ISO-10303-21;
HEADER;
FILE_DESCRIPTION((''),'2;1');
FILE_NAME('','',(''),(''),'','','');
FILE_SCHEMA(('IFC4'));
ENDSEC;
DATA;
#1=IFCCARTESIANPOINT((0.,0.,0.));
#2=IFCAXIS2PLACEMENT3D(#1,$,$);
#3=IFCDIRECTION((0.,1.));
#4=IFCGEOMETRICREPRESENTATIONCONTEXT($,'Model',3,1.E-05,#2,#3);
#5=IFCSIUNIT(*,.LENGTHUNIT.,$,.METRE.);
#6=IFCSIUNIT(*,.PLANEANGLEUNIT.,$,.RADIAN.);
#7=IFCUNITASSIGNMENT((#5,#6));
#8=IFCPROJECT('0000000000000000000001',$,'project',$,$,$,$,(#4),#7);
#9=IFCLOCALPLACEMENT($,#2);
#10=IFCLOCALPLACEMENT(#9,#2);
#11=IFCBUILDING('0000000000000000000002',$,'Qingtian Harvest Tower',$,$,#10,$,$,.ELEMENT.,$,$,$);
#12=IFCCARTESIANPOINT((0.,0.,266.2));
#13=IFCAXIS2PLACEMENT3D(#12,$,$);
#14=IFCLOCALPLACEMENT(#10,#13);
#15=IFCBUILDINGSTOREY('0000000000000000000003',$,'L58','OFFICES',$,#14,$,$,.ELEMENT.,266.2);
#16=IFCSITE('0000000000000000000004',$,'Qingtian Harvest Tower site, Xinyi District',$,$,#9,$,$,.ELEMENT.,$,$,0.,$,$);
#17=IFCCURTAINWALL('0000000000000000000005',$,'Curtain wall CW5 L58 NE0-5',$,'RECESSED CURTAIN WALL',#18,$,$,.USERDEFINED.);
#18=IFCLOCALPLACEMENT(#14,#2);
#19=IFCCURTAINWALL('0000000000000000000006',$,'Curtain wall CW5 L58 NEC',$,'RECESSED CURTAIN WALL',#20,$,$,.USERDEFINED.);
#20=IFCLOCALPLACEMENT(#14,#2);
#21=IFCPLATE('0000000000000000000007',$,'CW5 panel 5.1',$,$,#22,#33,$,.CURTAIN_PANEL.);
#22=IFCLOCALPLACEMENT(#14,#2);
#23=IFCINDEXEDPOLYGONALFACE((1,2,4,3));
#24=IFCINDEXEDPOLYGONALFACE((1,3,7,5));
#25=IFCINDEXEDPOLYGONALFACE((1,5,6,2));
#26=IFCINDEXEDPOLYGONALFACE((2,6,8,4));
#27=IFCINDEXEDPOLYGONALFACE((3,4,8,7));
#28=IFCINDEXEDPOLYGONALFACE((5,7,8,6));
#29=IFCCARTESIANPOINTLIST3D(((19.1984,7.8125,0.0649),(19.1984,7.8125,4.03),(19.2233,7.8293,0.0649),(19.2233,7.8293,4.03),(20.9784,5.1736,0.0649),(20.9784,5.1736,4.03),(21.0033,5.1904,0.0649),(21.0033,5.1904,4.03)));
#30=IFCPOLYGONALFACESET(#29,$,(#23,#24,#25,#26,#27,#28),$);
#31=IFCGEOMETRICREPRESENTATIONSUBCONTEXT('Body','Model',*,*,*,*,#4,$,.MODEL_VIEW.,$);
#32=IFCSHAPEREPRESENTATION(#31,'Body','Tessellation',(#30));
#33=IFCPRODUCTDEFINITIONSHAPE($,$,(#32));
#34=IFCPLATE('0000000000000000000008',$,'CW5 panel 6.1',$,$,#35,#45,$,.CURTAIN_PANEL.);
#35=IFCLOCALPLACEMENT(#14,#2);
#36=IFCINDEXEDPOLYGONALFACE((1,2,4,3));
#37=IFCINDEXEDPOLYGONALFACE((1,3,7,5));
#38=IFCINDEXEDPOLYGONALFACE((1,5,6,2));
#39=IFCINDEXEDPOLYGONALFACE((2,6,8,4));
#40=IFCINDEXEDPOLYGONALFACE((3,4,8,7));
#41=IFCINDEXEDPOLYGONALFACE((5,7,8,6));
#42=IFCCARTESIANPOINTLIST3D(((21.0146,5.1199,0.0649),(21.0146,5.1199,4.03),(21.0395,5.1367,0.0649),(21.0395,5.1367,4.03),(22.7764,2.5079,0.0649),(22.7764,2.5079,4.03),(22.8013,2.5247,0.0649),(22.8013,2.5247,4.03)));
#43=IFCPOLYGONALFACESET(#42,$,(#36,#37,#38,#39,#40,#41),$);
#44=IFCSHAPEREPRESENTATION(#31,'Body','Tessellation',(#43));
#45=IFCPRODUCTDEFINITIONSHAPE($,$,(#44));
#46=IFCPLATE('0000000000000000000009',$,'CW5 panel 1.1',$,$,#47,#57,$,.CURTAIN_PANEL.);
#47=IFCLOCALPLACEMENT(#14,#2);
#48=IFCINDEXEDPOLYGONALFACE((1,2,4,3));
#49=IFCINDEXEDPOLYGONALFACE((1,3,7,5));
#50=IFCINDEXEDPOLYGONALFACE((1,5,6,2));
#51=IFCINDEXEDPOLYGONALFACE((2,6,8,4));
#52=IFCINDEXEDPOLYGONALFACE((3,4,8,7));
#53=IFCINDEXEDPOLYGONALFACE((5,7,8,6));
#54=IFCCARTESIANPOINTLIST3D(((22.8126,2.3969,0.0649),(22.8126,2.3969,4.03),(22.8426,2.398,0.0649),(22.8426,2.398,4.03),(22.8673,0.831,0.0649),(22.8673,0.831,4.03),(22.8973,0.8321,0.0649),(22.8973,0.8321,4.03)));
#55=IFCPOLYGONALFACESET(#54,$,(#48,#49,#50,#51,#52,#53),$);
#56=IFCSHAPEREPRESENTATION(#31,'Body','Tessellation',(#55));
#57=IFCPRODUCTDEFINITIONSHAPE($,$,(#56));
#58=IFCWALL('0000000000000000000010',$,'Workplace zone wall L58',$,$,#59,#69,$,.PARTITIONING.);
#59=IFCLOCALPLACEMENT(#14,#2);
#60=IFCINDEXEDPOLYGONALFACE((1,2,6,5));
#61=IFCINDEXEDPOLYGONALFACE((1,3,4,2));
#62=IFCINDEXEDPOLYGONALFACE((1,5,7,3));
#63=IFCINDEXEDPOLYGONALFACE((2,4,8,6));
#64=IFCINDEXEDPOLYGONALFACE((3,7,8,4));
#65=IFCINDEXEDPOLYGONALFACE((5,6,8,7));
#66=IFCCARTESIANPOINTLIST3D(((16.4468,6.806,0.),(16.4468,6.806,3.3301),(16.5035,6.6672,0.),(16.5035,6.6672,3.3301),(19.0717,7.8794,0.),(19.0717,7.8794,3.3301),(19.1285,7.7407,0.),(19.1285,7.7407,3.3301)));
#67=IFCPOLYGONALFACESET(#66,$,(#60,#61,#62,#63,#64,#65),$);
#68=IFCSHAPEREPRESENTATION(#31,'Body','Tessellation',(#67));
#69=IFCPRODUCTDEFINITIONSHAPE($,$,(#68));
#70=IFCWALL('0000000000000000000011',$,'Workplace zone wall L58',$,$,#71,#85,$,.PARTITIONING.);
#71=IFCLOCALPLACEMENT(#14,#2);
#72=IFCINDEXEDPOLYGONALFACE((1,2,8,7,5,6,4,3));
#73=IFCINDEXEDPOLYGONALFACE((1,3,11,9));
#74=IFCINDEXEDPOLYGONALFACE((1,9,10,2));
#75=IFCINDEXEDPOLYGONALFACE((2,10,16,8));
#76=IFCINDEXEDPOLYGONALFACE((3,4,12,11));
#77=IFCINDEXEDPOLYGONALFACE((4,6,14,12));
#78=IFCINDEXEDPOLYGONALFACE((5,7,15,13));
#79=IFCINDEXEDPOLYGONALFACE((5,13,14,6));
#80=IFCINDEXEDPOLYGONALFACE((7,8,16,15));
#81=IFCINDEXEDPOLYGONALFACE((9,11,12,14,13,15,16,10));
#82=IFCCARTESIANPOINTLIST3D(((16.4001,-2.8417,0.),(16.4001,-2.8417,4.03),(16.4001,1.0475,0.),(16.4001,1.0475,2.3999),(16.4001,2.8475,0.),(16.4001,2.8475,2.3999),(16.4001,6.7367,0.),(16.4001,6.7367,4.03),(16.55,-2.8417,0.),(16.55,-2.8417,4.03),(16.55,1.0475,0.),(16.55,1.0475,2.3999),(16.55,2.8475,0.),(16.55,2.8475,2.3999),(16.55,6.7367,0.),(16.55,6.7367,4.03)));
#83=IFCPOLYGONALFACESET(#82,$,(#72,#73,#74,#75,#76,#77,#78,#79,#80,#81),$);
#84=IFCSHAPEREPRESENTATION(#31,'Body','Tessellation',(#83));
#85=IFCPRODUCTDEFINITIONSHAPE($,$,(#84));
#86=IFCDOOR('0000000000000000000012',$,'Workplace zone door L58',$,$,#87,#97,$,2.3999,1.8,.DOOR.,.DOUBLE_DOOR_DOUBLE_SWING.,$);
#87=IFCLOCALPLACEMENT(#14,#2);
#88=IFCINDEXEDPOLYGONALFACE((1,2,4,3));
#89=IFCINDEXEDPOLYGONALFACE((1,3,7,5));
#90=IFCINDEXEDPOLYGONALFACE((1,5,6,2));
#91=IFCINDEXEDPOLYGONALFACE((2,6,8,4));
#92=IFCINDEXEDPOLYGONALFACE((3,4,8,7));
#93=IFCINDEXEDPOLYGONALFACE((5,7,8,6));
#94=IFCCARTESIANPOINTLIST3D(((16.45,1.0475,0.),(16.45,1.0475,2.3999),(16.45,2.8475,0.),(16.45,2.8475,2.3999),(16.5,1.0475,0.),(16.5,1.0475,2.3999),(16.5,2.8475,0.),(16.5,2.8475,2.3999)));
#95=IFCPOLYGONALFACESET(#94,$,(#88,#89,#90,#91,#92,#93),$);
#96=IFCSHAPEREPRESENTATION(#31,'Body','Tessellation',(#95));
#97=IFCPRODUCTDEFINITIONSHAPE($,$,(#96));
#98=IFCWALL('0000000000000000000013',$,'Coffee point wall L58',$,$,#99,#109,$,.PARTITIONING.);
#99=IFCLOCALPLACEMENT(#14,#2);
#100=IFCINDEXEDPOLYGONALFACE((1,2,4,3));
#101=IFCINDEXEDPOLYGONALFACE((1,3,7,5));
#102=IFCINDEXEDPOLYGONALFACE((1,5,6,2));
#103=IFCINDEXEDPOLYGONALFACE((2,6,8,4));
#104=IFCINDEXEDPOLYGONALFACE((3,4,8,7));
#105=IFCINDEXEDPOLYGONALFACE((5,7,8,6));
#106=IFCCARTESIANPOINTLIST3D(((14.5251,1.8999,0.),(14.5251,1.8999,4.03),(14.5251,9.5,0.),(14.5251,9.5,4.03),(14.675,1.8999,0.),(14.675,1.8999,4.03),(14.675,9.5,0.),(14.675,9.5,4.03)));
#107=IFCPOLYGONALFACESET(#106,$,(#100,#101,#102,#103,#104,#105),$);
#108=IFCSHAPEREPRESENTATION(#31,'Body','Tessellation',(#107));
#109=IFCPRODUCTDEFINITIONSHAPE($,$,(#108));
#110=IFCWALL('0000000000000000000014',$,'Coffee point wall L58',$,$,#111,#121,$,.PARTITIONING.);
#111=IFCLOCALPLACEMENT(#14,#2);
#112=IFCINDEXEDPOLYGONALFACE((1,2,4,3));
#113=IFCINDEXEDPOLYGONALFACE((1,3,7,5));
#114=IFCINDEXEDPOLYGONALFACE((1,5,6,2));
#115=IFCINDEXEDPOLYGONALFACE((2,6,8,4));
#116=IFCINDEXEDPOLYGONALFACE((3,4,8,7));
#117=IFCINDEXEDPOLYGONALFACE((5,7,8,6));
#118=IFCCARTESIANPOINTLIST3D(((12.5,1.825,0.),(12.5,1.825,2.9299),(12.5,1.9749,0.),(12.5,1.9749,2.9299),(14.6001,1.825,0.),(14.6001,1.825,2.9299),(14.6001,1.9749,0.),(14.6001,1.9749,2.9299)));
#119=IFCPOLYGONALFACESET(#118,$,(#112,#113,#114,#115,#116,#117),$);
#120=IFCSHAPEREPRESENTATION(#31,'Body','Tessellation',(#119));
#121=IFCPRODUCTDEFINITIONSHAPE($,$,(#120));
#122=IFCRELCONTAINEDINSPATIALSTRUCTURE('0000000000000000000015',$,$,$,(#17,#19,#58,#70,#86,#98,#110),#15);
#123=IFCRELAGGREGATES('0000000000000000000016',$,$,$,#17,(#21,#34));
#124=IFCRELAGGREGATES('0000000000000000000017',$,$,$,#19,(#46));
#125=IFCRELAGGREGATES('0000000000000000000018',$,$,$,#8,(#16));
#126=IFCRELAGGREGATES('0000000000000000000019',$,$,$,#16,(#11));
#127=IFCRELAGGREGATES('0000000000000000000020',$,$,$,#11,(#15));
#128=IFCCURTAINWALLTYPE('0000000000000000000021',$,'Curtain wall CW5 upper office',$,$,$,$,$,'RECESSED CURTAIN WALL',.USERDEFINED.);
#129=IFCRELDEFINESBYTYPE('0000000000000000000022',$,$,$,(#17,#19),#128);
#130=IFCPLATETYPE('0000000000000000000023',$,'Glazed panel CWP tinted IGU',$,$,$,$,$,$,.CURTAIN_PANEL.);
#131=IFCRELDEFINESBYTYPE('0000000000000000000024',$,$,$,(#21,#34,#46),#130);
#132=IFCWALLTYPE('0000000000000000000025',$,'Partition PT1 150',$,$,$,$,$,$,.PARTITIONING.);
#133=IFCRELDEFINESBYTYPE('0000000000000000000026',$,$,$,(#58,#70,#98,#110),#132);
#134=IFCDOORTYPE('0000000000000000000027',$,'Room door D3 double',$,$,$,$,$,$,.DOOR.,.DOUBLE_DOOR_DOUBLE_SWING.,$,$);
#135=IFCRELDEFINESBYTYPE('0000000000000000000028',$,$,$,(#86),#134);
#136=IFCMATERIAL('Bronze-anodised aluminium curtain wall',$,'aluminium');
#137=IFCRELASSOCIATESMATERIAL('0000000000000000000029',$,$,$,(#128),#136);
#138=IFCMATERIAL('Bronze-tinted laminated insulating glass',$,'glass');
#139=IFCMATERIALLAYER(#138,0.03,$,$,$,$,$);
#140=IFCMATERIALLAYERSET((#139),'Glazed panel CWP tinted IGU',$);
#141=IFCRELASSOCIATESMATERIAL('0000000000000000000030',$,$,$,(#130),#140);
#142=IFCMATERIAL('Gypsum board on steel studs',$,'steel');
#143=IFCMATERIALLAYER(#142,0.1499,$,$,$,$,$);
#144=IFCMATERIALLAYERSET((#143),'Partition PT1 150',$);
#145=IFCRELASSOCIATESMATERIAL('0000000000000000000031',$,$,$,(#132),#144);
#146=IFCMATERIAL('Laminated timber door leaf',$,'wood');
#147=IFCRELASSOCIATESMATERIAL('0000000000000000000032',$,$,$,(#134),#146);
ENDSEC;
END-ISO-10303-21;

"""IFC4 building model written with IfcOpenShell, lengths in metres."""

from ifc_helpers import new_model, si_unit, direction, frame, frame_2d, origin, origin_2d, place, context, subcontext, project, spatial, rectangle, extrude, material, layer, layer_set, type_object, element, fill, aggregate, save


model = new_model("IFC4")

# Units and contexts
model_context = context("Model", 3, precision=1e-05, world=origin(), true_north=direction((0.0, 1.0)))
body_context = subcontext(model_context, "Body", "Model", "MODEL_VIEW")
ifc_project = project(units=[si_unit("LENGTHUNIT", "METRE"), si_unit("PLANEANGLEUNIT", "RADIAN")], contexts=[model_context])

# Site, building, storey
site_placement = place(None, origin())
site = spatial("IfcSite", under=ifc_project, at=site_placement, Name="Qingtian Harvest Tower site, Xinyi District", CompositionType="ELEMENT", RefElevation=0.0)
building_placement = place(site_placement, origin())
building = spatial("IfcBuilding", under=site, at=building_placement, Name="Qingtian Harvest Tower", CompositionType="ELEMENT")
storey_placement = place(building_placement, frame((0.0, 0.0, 266.2)))
storey = spatial("IfcBuildingStorey", under=building, at=storey_placement, Name="L58", Description="OFFICES", CompositionType="ELEMENT", Elevation=266.2)

# Curtain walls
ifc_material_1 = material(Name="Bronze-anodised aluminium curtain wall", Category="aluminium")
curtain_wall_type = type_object("IfcCurtainWallType", Name="Curtain wall CW5 upper office", ElementType="RECESSED CURTAIN WALL", PredefinedType="USERDEFINED", material=ifc_material_1)
curtain_wall_1_placement = place(storey_placement, origin())
curtain_wall_1 = element("IfcCurtainWall", 1, at=curtain_wall_1_placement, inside=storey, type_object=curtain_wall_type, Name="Curtain wall CW5 L58 NE0-5", ObjectType="RECESSED CURTAIN WALL", PredefinedType="USERDEFINED")
curtain_wall_2_placement = place(storey_placement, origin())
curtain_wall_2 = element("IfcCurtainWall", 2, at=curtain_wall_2_placement, inside=storey, type_object=curtain_wall_type, Name="Curtain wall CW5 L58 NEC", ObjectType="RECESSED CURTAIN WALL", PredefinedType="USERDEFINED")

# Plates
ifc_material_2 = material(Name="Bronze-tinted laminated insulating glass", Category="glass")
ifc_layer_1 = layer(ifc_material_2, 0.03)
ifc_layer_set_1 = layer_set([ifc_layer_1], Name="Glazed panel CWP tinted IGU")
plate_type = type_object("IfcPlateType", Name="Glazed panel CWP tinted IGU", PredefinedType="CURTAIN_PANEL", material=ifc_layer_set_1)
plate_1_placement = place(storey_placement, frame((20.1008, 6.5015, 0.0649), z_axis=(0.0, 0.0, 1.0), x_axis=(0.559193, -0.829038, 0.0)))
plate_1 = element("IfcPlate", 3, at=plate_1_placement, type_object=plate_type, Name="CW5 panel 5.1", PredefinedType="CURTAIN_PANEL", context=body_context, shape_type="SweptSolid", body=[
    extrude(rectangle(XDim=3.1831, YDim=0.03, at=origin_2d()), origin(), (0.0, 0.0, 1.0), 3.9651),
])
plate_2_placement = place(storey_placement, frame((21.908, 3.8223, 0.0649), z_axis=(0.0, 0.0, 1.0), x_axis=(0.559193, -0.829038, 0.0)))
plate_2 = element("IfcPlate", 4, at=plate_2_placement, type_object=plate_type, Name="CW5 panel 6.1", PredefinedType="CURTAIN_PANEL", context=body_context, shape_type="SweptSolid", body=[
    extrude(rectangle(XDim=3.1506, YDim=0.03, at=origin_2d()), origin(), (0.0, 0.0, 1.0), 3.9651),
])
aggregate(curtain_wall_1, [plate_1, plate_2])
plate_3_placement = place(storey_placement, frame((22.855, 1.6145, 0.0649), z_axis=(0.0, 0.0, 1.0), x_axis=(0.034899, -0.999391, 0.0)))
plate_3 = element("IfcPlate", 5, at=plate_3_placement, type_object=plate_type, Name="CW5 panel 1.1", PredefinedType="CURTAIN_PANEL", context=body_context, shape_type="SweptSolid", body=[
    extrude(rectangle(XDim=1.5669, YDim=0.03, at=origin_2d()), origin(), (0.0, 0.0, 1.0), 3.9651),
])
aggregate(curtain_wall_2, [plate_3])

# Wall
ifc_material_3 = material(Name="Gypsum board on steel studs", Category="steel")
ifc_layer_2 = layer(ifc_material_3, 0.1499)
ifc_layer_set_2 = layer_set([ifc_layer_2], Name="Partition PT1 150")
wall_type = type_object("IfcWallType", Name="Partition PT1 150", PredefinedType="PARTITIONING", material=ifc_layer_set_2)
wall_1_placement = place(storey_placement, frame((19.1001, 7.8101, 0.0), z_axis=(0.0, 0.0, 1.0), x_axis=(-0.925594, -0.378519, 0.0)))
element("IfcWall", 6, at=wall_1_placement, inside=storey, type_object=wall_type, Name="Workplace zone wall L58", PredefinedType="PARTITIONING", context=body_context, shape_type="SweptSolid", body=[
    extrude(rectangle(XDim=2.8359, YDim=0.1499, at=frame_2d((1.418, 0.0))), origin(), (0.0, 0.0, 1.0), 3.3301),
])

# Wall, opening, door
wall_2_placement = place(storey_placement, frame((16.4751, 6.7366, 0.0), z_axis=(0.0, 0.0, 1.0), x_axis=(0.0, -1.0, 0.0)))
wall_2 = element("IfcWall", 7, at=wall_2_placement, inside=storey, type_object=wall_type, Name="Workplace zone wall L58", PredefinedType="PARTITIONING", context=body_context, shape_type="SweptSolid", body=[
    extrude(rectangle(XDim=9.5784, YDim=0.1499, at=frame_2d((4.7891, 0.0))), origin(), (0.0, 0.0, 1.0), 4.03),
])
opening_placement = place(wall_2_placement, frame((3.8892, 0.0, 0.0)))
opening = element("IfcOpeningElement", 8, at=opening_placement, cuts=wall_2, PredefinedType="OPENING", context=body_context, shape_type="SweptSolid", body=[
    extrude(rectangle(XDim=1.8, YDim=2.3999, at=frame_2d((0.8999, 1.2))), frame((0.0, 0.085, 0.0), z_axis=(0.0, -1.0, 0.0), x_axis=(1.0, 0.0, 0.0)), (0.0, 0.0, 1.0), 0.1699),
])
ifc_material_4 = material(Name="Laminated timber door leaf", Category="wood")
door_type = type_object("IfcDoorType", Name="Room door D3 double", OperationType="DOUBLE_DOOR_DOUBLE_SWING", PredefinedType="DOOR", material=ifc_material_4)
door_placement = place(opening_placement, origin())
door = element("IfcDoor", 9, at=door_placement, inside=storey, type_object=door_type, Name="Workplace zone door L58", OperationType="DOUBLE_DOOR_DOUBLE_SWING", OverallHeight=2.3999, OverallWidth=1.8, PredefinedType="DOOR", context=body_context, shape_type="SweptSolid", body=[
    extrude(rectangle(XDim=1.8, YDim=2.3999, at=frame_2d((0.8999, 1.2))), frame((0.0, 0.0249, 0.0), z_axis=(0.0, -1.0, 0.0), x_axis=(1.0, 0.0, 0.0)), (0.0, 0.0, 1.0), 0.05),
])
fill(opening, door)

# Walls
wall_3_placement = place(storey_placement, frame((14.6001, 1.8999, 0.0), z_axis=(0.0, 0.0, 1.0), x_axis=(0.0, 1.0, 0.0)))
element("IfcWall", 10, at=wall_3_placement, inside=storey, type_object=wall_type, Name="Coffee point wall L58", PredefinedType="PARTITIONING", context=body_context, shape_type="SweptSolid", body=[
    extrude(rectangle(XDim=7.6001, YDim=0.1499, at=frame_2d((3.8, 0.0))), origin(), (0.0, 0.0, 1.0), 4.03),
])
wall_4_placement = place(storey_placement, frame((12.5, 1.8999, 0.0), z_axis=(0.0, 0.0, 1.0), x_axis=(1.0, 0.0, 0.0)))
element("IfcWall", 11, at=wall_4_placement, inside=storey, type_object=wall_type, Name="Coffee point wall L58", PredefinedType="PARTITIONING", context=body_context, shape_type="SweptSolid", body=[
    extrude(rectangle(XDim=2.1001, YDim=0.1499, at=frame_2d((1.05, 0.0))), origin(), (0.0, 0.0, 1.0), 2.9299),
])

save(model, "model.ifc")
